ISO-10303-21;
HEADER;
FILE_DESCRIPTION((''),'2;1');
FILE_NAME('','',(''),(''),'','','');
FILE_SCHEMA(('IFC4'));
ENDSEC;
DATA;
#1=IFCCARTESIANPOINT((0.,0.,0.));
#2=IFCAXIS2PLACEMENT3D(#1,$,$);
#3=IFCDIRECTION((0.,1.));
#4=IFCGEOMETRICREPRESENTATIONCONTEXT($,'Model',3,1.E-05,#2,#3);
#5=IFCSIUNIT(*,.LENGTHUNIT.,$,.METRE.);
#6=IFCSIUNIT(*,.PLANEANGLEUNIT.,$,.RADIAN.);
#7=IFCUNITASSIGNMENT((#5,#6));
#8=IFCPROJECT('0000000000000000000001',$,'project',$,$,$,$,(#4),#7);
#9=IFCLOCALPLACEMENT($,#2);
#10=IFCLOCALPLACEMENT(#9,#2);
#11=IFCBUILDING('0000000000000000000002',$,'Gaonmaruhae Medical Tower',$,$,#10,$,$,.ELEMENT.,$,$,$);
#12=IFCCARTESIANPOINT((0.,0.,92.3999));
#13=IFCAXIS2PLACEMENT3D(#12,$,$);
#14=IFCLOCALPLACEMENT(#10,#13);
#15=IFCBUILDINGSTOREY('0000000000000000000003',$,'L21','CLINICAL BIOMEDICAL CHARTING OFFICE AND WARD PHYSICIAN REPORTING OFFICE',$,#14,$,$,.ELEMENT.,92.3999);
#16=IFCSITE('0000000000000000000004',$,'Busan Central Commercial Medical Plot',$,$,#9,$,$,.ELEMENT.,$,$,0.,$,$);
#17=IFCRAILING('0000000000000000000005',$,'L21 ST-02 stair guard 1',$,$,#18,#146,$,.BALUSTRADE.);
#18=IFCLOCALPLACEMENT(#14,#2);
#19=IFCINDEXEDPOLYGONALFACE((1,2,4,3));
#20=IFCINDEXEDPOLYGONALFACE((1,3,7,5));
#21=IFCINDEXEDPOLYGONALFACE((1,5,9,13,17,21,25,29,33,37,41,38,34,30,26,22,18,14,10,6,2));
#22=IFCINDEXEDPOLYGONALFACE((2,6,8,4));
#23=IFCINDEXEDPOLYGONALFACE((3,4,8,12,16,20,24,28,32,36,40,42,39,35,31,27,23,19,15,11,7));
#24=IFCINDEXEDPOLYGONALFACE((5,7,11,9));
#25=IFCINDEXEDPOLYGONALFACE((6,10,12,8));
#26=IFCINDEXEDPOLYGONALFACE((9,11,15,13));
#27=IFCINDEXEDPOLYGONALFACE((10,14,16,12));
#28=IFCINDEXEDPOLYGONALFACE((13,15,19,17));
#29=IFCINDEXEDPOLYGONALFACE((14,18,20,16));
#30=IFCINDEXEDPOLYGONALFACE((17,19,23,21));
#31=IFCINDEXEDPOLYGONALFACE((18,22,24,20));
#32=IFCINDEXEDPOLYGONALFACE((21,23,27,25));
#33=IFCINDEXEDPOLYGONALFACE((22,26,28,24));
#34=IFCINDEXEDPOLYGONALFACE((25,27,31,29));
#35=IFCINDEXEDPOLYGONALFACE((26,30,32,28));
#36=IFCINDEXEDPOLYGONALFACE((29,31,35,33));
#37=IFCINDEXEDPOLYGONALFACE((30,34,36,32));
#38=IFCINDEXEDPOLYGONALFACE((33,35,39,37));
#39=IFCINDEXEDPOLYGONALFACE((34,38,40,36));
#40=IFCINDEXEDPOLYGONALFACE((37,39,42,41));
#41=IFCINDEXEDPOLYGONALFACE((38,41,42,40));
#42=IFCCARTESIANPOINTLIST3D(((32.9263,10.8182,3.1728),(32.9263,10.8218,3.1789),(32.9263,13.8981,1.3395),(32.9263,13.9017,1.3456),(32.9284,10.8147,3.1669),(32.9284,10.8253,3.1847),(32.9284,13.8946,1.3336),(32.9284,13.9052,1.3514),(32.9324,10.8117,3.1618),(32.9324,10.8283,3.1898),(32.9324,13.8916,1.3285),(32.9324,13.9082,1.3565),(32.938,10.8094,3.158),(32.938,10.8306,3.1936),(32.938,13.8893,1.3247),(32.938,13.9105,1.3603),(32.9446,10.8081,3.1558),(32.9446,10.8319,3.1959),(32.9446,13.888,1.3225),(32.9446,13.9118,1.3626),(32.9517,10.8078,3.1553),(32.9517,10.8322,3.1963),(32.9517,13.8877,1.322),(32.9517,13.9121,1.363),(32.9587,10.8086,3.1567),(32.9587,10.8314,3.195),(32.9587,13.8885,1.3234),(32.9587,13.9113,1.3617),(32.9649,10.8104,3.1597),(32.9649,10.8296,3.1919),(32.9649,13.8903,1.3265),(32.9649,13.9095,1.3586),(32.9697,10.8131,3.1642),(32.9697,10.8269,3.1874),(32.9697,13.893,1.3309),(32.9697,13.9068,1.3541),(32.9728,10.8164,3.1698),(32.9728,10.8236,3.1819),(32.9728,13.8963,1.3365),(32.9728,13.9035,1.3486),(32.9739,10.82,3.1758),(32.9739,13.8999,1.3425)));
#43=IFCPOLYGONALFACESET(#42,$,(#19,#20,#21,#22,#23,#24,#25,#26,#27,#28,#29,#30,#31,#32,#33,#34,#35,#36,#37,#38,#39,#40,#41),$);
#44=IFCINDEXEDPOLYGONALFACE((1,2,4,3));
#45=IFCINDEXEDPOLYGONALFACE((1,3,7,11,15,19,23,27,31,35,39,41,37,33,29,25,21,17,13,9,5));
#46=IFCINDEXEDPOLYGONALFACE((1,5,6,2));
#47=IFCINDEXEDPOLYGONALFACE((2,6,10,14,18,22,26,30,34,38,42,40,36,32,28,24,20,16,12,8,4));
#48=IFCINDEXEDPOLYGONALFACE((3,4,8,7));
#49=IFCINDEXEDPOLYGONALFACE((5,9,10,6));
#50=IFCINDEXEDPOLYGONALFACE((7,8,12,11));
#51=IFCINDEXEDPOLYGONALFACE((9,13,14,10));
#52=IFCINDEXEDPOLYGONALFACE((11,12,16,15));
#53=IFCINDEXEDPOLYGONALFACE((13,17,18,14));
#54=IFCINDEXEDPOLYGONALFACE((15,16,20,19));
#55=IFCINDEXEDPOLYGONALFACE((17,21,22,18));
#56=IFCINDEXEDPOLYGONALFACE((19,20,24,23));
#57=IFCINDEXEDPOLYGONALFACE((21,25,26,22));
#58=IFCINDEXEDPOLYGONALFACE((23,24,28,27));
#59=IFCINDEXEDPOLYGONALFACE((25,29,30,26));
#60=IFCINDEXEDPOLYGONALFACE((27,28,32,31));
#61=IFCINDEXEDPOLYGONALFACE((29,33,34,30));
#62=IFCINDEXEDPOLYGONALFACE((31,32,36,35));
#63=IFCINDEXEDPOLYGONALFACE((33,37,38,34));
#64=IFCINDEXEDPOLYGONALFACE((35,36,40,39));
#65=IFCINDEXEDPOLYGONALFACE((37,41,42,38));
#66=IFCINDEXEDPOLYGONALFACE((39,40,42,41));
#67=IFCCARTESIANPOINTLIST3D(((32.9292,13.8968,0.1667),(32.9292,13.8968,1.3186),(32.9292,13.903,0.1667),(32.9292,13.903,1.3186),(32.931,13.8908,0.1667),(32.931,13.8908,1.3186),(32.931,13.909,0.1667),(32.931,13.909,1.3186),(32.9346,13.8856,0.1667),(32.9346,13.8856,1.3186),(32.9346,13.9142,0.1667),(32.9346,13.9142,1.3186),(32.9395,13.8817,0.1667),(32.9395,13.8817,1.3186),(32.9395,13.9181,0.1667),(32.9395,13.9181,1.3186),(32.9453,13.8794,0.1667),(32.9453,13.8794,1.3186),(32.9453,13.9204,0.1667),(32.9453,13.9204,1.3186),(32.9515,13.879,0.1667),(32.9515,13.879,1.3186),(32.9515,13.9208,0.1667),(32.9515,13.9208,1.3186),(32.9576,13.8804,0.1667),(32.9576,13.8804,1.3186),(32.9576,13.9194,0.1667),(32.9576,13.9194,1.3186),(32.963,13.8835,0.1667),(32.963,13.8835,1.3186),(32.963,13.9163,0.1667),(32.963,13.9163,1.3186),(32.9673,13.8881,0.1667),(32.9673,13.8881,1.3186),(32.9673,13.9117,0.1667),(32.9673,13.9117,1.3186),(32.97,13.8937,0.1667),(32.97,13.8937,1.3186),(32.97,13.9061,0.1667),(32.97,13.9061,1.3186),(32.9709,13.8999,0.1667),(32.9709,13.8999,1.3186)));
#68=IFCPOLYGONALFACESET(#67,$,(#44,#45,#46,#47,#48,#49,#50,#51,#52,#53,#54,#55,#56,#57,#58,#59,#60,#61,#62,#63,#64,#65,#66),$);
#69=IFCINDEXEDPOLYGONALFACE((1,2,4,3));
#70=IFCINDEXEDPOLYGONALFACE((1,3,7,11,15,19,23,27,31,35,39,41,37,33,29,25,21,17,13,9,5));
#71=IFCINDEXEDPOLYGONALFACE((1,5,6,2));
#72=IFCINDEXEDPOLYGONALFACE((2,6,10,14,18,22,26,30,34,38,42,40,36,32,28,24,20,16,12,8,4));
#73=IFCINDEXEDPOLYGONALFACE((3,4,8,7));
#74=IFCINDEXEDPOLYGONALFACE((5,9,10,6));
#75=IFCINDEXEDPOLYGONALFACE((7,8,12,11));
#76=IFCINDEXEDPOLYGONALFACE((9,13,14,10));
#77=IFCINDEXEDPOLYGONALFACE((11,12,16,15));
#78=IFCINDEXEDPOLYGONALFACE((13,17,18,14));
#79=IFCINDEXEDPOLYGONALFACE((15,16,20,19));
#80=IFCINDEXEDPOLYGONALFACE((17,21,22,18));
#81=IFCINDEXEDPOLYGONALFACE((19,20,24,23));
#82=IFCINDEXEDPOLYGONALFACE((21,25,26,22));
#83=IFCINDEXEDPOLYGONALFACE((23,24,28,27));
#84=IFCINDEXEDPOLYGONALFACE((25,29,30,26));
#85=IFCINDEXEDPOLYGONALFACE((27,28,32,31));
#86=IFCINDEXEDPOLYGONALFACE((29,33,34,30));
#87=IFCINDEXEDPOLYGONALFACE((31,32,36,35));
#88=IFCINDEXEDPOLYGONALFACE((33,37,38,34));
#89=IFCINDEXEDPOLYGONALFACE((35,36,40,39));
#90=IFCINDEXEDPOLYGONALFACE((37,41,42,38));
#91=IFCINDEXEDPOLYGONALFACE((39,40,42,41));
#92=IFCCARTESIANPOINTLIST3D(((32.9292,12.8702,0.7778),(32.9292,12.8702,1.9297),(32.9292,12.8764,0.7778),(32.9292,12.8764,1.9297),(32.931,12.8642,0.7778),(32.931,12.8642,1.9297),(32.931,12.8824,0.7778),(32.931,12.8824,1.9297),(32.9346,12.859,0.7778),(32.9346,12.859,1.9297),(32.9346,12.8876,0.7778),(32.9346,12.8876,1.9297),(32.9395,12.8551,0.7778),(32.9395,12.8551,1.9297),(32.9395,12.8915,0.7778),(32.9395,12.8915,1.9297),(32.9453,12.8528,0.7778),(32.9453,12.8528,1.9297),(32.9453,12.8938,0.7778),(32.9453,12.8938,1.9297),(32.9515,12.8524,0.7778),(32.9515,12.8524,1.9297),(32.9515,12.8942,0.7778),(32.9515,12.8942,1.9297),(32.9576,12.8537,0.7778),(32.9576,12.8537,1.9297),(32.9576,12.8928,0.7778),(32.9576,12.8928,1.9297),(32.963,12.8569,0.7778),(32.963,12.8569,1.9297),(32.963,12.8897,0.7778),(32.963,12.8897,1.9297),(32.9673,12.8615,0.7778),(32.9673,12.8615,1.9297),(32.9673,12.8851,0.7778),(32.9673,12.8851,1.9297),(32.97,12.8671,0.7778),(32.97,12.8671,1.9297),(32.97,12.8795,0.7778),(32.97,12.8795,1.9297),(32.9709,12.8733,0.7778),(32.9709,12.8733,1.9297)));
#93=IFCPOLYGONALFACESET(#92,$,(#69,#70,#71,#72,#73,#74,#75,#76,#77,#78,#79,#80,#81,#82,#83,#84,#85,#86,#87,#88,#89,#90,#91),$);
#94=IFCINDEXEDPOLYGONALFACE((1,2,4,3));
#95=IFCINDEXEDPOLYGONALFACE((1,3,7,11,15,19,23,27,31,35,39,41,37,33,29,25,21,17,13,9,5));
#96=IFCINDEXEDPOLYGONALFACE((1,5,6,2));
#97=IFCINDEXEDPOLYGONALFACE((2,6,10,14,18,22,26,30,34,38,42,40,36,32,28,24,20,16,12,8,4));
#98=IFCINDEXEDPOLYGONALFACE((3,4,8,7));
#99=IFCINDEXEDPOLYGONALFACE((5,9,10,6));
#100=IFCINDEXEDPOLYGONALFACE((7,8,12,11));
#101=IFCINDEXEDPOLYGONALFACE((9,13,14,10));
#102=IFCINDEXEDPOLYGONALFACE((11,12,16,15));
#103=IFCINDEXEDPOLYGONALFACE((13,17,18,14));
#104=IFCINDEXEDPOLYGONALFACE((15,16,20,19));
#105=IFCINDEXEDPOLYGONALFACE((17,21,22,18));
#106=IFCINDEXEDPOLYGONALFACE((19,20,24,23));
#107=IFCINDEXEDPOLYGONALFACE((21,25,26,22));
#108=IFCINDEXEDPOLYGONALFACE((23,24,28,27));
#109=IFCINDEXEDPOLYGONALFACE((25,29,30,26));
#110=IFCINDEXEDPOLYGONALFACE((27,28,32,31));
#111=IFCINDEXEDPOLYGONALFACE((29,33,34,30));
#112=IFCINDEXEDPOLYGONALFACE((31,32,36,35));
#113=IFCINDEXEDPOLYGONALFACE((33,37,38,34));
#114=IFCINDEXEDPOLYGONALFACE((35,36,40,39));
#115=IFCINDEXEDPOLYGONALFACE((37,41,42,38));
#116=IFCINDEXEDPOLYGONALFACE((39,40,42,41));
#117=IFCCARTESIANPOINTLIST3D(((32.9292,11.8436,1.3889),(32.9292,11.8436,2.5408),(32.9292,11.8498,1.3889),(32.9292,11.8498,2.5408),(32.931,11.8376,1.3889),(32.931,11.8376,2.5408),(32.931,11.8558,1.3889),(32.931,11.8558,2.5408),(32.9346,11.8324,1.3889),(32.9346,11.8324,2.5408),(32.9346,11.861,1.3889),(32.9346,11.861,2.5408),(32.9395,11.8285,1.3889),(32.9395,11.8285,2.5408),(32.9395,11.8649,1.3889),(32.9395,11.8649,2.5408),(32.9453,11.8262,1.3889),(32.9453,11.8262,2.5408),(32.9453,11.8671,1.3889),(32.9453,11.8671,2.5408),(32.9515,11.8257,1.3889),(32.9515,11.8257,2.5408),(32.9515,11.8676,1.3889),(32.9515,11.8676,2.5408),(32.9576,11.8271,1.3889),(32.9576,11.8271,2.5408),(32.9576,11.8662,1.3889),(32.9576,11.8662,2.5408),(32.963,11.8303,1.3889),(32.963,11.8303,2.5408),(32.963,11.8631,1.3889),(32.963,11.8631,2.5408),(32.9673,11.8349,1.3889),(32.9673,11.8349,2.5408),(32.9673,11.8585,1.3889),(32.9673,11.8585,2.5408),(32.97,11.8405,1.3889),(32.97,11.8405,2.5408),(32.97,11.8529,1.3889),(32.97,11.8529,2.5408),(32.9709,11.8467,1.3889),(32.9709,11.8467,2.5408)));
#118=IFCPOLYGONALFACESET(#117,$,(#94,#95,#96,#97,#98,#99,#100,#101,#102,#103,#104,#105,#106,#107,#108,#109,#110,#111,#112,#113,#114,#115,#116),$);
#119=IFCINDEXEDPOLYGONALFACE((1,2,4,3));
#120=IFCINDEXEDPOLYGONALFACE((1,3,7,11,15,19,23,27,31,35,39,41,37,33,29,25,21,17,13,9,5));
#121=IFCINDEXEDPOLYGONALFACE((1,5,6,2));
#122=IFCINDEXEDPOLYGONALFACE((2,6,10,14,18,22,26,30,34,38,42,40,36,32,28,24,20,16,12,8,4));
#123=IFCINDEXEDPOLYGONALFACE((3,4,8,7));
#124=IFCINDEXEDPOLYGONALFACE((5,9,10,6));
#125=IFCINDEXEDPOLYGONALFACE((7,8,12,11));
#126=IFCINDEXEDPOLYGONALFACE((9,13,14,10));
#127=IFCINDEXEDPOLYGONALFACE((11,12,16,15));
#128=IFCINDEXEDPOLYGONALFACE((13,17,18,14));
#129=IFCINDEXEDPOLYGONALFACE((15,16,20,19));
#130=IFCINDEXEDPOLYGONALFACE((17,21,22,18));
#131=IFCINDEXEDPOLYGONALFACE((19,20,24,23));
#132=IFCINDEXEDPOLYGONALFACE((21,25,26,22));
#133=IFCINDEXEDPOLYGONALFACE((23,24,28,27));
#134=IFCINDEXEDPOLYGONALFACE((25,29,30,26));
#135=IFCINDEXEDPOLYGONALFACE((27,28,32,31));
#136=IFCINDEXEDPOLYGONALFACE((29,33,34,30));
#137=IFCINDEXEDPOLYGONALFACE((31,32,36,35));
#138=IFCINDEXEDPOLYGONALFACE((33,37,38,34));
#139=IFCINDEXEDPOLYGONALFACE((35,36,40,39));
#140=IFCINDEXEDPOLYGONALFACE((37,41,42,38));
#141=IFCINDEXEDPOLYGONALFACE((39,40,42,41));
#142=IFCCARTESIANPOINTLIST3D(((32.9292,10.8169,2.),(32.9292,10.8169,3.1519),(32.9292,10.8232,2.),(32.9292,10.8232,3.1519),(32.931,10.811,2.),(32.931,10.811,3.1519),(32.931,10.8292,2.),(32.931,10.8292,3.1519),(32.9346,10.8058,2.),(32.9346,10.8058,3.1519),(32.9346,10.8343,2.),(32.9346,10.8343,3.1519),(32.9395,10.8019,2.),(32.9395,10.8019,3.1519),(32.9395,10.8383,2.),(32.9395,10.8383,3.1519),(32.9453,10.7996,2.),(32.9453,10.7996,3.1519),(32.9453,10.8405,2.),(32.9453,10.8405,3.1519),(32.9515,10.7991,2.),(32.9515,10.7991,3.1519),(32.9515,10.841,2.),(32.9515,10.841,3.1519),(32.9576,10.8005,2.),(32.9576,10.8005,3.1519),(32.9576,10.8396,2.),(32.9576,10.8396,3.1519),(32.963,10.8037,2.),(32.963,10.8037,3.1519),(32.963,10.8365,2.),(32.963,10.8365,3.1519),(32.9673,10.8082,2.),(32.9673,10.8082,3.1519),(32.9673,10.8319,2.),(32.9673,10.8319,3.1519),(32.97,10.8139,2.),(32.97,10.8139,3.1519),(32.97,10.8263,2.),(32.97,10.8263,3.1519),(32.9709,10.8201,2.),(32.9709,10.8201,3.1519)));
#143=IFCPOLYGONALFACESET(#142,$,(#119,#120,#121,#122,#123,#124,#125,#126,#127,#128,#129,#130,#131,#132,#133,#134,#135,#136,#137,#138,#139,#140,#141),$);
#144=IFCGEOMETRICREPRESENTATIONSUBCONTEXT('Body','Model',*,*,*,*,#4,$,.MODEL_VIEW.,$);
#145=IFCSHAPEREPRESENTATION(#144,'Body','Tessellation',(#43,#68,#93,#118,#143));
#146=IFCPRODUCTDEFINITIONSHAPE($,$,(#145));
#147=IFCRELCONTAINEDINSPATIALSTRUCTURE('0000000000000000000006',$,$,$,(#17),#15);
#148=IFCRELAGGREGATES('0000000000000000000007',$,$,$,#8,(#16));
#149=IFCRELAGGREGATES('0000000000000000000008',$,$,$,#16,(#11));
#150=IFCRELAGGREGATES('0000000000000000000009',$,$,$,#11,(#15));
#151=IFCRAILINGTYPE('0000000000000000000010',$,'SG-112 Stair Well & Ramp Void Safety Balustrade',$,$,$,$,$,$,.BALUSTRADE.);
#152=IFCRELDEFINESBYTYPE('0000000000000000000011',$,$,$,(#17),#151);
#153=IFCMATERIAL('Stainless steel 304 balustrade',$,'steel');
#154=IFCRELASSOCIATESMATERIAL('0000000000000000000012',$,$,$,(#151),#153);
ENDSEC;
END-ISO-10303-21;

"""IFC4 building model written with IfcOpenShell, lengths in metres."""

from ifc_helpers import new_model, si_unit, direction, frame, origin, origin_2d, place, context, subcontext, project, spatial, circle, extrude, material, type_object, element, save


model = new_model("IFC4")

# Units and contexts
model_context = context("Model", 3, precision=1e-05, world=origin(), true_north=direction((0.0, 1.0)))
body_context = subcontext(model_context, "Body", "Model", "MODEL_VIEW")
ifc_project = project(units=[si_unit("LENGTHUNIT", "METRE"), si_unit("PLANEANGLEUNIT", "RADIAN")], contexts=[model_context])

# Site, building, storey
site_placement = place(None, origin())
site = spatial("IfcSite", under=ifc_project, at=site_placement, Name="Busan Central Commercial Medical Plot", CompositionType="ELEMENT", RefElevation=0.0)
building_placement = place(site_placement, origin())
building = spatial("IfcBuilding", under=site, at=building_placement, Name="Gaonmaruhae Medical Tower", CompositionType="ELEMENT")
storey_placement = place(building_placement, frame((0.0, 0.0, 92.3999)))
storey = spatial("IfcBuildingStorey", under=building, at=storey_placement, Name="L21", Description="CLINICAL BIOMEDICAL CHARTING OFFICE AND WARD PHYSICIAN REPORTING OFFICE", CompositionType="ELEMENT", Elevation=92.3999)

# Railing
ifc_material_1 = material(Name="Stainless steel 304 balustrade", Category="steel")
railing_type_1 = type_object("IfcRailingType", Name="SG-112 Stair Well & Ramp Void Safety Balustrade", PredefinedType="BALUSTRADE", material=ifc_material_1)
railing_1_placement = place(storey_placement, frame((32.95, 13.8999, 0.1667)))
element("IfcRailing", 1, at=railing_1_placement, inside=storey, type_object=railing_type_1, Name="L21 ST-02 stair guard 1", PredefinedType="BALUSTRADE", context=body_context, shape_type="SweptSolid", body=[
    extrude(circle(Radius=0.0239, at=origin_2d()), frame((0.0, 0.0, 1.1758), z_axis=(0.0, -0.859291, 0.511487), x_axis=(1.0, 0.0, 0.0)), (0.0, 0.0, 1.0), 3.5842),
    extrude(circle(Radius=0.021, at=origin_2d()), origin(), (0.0, 0.0, 1.0), 1.1519),
    extrude(circle(Radius=0.021, at=origin_2d()), frame((0.0, -1.0266, 0.6111)), (0.0, 0.0, 1.0), 1.1519),
    extrude(circle(Radius=0.021, at=origin_2d()), frame((0.0, -2.0532, 1.2222)), (0.0, 0.0, 1.0), 1.1519),
    extrude(circle(Radius=0.021, at=origin_2d()), frame((0.0, -3.0798, 1.8333)), (0.0, 0.0, 1.0), 1.1519),
])

save(model, "model.ifc")
